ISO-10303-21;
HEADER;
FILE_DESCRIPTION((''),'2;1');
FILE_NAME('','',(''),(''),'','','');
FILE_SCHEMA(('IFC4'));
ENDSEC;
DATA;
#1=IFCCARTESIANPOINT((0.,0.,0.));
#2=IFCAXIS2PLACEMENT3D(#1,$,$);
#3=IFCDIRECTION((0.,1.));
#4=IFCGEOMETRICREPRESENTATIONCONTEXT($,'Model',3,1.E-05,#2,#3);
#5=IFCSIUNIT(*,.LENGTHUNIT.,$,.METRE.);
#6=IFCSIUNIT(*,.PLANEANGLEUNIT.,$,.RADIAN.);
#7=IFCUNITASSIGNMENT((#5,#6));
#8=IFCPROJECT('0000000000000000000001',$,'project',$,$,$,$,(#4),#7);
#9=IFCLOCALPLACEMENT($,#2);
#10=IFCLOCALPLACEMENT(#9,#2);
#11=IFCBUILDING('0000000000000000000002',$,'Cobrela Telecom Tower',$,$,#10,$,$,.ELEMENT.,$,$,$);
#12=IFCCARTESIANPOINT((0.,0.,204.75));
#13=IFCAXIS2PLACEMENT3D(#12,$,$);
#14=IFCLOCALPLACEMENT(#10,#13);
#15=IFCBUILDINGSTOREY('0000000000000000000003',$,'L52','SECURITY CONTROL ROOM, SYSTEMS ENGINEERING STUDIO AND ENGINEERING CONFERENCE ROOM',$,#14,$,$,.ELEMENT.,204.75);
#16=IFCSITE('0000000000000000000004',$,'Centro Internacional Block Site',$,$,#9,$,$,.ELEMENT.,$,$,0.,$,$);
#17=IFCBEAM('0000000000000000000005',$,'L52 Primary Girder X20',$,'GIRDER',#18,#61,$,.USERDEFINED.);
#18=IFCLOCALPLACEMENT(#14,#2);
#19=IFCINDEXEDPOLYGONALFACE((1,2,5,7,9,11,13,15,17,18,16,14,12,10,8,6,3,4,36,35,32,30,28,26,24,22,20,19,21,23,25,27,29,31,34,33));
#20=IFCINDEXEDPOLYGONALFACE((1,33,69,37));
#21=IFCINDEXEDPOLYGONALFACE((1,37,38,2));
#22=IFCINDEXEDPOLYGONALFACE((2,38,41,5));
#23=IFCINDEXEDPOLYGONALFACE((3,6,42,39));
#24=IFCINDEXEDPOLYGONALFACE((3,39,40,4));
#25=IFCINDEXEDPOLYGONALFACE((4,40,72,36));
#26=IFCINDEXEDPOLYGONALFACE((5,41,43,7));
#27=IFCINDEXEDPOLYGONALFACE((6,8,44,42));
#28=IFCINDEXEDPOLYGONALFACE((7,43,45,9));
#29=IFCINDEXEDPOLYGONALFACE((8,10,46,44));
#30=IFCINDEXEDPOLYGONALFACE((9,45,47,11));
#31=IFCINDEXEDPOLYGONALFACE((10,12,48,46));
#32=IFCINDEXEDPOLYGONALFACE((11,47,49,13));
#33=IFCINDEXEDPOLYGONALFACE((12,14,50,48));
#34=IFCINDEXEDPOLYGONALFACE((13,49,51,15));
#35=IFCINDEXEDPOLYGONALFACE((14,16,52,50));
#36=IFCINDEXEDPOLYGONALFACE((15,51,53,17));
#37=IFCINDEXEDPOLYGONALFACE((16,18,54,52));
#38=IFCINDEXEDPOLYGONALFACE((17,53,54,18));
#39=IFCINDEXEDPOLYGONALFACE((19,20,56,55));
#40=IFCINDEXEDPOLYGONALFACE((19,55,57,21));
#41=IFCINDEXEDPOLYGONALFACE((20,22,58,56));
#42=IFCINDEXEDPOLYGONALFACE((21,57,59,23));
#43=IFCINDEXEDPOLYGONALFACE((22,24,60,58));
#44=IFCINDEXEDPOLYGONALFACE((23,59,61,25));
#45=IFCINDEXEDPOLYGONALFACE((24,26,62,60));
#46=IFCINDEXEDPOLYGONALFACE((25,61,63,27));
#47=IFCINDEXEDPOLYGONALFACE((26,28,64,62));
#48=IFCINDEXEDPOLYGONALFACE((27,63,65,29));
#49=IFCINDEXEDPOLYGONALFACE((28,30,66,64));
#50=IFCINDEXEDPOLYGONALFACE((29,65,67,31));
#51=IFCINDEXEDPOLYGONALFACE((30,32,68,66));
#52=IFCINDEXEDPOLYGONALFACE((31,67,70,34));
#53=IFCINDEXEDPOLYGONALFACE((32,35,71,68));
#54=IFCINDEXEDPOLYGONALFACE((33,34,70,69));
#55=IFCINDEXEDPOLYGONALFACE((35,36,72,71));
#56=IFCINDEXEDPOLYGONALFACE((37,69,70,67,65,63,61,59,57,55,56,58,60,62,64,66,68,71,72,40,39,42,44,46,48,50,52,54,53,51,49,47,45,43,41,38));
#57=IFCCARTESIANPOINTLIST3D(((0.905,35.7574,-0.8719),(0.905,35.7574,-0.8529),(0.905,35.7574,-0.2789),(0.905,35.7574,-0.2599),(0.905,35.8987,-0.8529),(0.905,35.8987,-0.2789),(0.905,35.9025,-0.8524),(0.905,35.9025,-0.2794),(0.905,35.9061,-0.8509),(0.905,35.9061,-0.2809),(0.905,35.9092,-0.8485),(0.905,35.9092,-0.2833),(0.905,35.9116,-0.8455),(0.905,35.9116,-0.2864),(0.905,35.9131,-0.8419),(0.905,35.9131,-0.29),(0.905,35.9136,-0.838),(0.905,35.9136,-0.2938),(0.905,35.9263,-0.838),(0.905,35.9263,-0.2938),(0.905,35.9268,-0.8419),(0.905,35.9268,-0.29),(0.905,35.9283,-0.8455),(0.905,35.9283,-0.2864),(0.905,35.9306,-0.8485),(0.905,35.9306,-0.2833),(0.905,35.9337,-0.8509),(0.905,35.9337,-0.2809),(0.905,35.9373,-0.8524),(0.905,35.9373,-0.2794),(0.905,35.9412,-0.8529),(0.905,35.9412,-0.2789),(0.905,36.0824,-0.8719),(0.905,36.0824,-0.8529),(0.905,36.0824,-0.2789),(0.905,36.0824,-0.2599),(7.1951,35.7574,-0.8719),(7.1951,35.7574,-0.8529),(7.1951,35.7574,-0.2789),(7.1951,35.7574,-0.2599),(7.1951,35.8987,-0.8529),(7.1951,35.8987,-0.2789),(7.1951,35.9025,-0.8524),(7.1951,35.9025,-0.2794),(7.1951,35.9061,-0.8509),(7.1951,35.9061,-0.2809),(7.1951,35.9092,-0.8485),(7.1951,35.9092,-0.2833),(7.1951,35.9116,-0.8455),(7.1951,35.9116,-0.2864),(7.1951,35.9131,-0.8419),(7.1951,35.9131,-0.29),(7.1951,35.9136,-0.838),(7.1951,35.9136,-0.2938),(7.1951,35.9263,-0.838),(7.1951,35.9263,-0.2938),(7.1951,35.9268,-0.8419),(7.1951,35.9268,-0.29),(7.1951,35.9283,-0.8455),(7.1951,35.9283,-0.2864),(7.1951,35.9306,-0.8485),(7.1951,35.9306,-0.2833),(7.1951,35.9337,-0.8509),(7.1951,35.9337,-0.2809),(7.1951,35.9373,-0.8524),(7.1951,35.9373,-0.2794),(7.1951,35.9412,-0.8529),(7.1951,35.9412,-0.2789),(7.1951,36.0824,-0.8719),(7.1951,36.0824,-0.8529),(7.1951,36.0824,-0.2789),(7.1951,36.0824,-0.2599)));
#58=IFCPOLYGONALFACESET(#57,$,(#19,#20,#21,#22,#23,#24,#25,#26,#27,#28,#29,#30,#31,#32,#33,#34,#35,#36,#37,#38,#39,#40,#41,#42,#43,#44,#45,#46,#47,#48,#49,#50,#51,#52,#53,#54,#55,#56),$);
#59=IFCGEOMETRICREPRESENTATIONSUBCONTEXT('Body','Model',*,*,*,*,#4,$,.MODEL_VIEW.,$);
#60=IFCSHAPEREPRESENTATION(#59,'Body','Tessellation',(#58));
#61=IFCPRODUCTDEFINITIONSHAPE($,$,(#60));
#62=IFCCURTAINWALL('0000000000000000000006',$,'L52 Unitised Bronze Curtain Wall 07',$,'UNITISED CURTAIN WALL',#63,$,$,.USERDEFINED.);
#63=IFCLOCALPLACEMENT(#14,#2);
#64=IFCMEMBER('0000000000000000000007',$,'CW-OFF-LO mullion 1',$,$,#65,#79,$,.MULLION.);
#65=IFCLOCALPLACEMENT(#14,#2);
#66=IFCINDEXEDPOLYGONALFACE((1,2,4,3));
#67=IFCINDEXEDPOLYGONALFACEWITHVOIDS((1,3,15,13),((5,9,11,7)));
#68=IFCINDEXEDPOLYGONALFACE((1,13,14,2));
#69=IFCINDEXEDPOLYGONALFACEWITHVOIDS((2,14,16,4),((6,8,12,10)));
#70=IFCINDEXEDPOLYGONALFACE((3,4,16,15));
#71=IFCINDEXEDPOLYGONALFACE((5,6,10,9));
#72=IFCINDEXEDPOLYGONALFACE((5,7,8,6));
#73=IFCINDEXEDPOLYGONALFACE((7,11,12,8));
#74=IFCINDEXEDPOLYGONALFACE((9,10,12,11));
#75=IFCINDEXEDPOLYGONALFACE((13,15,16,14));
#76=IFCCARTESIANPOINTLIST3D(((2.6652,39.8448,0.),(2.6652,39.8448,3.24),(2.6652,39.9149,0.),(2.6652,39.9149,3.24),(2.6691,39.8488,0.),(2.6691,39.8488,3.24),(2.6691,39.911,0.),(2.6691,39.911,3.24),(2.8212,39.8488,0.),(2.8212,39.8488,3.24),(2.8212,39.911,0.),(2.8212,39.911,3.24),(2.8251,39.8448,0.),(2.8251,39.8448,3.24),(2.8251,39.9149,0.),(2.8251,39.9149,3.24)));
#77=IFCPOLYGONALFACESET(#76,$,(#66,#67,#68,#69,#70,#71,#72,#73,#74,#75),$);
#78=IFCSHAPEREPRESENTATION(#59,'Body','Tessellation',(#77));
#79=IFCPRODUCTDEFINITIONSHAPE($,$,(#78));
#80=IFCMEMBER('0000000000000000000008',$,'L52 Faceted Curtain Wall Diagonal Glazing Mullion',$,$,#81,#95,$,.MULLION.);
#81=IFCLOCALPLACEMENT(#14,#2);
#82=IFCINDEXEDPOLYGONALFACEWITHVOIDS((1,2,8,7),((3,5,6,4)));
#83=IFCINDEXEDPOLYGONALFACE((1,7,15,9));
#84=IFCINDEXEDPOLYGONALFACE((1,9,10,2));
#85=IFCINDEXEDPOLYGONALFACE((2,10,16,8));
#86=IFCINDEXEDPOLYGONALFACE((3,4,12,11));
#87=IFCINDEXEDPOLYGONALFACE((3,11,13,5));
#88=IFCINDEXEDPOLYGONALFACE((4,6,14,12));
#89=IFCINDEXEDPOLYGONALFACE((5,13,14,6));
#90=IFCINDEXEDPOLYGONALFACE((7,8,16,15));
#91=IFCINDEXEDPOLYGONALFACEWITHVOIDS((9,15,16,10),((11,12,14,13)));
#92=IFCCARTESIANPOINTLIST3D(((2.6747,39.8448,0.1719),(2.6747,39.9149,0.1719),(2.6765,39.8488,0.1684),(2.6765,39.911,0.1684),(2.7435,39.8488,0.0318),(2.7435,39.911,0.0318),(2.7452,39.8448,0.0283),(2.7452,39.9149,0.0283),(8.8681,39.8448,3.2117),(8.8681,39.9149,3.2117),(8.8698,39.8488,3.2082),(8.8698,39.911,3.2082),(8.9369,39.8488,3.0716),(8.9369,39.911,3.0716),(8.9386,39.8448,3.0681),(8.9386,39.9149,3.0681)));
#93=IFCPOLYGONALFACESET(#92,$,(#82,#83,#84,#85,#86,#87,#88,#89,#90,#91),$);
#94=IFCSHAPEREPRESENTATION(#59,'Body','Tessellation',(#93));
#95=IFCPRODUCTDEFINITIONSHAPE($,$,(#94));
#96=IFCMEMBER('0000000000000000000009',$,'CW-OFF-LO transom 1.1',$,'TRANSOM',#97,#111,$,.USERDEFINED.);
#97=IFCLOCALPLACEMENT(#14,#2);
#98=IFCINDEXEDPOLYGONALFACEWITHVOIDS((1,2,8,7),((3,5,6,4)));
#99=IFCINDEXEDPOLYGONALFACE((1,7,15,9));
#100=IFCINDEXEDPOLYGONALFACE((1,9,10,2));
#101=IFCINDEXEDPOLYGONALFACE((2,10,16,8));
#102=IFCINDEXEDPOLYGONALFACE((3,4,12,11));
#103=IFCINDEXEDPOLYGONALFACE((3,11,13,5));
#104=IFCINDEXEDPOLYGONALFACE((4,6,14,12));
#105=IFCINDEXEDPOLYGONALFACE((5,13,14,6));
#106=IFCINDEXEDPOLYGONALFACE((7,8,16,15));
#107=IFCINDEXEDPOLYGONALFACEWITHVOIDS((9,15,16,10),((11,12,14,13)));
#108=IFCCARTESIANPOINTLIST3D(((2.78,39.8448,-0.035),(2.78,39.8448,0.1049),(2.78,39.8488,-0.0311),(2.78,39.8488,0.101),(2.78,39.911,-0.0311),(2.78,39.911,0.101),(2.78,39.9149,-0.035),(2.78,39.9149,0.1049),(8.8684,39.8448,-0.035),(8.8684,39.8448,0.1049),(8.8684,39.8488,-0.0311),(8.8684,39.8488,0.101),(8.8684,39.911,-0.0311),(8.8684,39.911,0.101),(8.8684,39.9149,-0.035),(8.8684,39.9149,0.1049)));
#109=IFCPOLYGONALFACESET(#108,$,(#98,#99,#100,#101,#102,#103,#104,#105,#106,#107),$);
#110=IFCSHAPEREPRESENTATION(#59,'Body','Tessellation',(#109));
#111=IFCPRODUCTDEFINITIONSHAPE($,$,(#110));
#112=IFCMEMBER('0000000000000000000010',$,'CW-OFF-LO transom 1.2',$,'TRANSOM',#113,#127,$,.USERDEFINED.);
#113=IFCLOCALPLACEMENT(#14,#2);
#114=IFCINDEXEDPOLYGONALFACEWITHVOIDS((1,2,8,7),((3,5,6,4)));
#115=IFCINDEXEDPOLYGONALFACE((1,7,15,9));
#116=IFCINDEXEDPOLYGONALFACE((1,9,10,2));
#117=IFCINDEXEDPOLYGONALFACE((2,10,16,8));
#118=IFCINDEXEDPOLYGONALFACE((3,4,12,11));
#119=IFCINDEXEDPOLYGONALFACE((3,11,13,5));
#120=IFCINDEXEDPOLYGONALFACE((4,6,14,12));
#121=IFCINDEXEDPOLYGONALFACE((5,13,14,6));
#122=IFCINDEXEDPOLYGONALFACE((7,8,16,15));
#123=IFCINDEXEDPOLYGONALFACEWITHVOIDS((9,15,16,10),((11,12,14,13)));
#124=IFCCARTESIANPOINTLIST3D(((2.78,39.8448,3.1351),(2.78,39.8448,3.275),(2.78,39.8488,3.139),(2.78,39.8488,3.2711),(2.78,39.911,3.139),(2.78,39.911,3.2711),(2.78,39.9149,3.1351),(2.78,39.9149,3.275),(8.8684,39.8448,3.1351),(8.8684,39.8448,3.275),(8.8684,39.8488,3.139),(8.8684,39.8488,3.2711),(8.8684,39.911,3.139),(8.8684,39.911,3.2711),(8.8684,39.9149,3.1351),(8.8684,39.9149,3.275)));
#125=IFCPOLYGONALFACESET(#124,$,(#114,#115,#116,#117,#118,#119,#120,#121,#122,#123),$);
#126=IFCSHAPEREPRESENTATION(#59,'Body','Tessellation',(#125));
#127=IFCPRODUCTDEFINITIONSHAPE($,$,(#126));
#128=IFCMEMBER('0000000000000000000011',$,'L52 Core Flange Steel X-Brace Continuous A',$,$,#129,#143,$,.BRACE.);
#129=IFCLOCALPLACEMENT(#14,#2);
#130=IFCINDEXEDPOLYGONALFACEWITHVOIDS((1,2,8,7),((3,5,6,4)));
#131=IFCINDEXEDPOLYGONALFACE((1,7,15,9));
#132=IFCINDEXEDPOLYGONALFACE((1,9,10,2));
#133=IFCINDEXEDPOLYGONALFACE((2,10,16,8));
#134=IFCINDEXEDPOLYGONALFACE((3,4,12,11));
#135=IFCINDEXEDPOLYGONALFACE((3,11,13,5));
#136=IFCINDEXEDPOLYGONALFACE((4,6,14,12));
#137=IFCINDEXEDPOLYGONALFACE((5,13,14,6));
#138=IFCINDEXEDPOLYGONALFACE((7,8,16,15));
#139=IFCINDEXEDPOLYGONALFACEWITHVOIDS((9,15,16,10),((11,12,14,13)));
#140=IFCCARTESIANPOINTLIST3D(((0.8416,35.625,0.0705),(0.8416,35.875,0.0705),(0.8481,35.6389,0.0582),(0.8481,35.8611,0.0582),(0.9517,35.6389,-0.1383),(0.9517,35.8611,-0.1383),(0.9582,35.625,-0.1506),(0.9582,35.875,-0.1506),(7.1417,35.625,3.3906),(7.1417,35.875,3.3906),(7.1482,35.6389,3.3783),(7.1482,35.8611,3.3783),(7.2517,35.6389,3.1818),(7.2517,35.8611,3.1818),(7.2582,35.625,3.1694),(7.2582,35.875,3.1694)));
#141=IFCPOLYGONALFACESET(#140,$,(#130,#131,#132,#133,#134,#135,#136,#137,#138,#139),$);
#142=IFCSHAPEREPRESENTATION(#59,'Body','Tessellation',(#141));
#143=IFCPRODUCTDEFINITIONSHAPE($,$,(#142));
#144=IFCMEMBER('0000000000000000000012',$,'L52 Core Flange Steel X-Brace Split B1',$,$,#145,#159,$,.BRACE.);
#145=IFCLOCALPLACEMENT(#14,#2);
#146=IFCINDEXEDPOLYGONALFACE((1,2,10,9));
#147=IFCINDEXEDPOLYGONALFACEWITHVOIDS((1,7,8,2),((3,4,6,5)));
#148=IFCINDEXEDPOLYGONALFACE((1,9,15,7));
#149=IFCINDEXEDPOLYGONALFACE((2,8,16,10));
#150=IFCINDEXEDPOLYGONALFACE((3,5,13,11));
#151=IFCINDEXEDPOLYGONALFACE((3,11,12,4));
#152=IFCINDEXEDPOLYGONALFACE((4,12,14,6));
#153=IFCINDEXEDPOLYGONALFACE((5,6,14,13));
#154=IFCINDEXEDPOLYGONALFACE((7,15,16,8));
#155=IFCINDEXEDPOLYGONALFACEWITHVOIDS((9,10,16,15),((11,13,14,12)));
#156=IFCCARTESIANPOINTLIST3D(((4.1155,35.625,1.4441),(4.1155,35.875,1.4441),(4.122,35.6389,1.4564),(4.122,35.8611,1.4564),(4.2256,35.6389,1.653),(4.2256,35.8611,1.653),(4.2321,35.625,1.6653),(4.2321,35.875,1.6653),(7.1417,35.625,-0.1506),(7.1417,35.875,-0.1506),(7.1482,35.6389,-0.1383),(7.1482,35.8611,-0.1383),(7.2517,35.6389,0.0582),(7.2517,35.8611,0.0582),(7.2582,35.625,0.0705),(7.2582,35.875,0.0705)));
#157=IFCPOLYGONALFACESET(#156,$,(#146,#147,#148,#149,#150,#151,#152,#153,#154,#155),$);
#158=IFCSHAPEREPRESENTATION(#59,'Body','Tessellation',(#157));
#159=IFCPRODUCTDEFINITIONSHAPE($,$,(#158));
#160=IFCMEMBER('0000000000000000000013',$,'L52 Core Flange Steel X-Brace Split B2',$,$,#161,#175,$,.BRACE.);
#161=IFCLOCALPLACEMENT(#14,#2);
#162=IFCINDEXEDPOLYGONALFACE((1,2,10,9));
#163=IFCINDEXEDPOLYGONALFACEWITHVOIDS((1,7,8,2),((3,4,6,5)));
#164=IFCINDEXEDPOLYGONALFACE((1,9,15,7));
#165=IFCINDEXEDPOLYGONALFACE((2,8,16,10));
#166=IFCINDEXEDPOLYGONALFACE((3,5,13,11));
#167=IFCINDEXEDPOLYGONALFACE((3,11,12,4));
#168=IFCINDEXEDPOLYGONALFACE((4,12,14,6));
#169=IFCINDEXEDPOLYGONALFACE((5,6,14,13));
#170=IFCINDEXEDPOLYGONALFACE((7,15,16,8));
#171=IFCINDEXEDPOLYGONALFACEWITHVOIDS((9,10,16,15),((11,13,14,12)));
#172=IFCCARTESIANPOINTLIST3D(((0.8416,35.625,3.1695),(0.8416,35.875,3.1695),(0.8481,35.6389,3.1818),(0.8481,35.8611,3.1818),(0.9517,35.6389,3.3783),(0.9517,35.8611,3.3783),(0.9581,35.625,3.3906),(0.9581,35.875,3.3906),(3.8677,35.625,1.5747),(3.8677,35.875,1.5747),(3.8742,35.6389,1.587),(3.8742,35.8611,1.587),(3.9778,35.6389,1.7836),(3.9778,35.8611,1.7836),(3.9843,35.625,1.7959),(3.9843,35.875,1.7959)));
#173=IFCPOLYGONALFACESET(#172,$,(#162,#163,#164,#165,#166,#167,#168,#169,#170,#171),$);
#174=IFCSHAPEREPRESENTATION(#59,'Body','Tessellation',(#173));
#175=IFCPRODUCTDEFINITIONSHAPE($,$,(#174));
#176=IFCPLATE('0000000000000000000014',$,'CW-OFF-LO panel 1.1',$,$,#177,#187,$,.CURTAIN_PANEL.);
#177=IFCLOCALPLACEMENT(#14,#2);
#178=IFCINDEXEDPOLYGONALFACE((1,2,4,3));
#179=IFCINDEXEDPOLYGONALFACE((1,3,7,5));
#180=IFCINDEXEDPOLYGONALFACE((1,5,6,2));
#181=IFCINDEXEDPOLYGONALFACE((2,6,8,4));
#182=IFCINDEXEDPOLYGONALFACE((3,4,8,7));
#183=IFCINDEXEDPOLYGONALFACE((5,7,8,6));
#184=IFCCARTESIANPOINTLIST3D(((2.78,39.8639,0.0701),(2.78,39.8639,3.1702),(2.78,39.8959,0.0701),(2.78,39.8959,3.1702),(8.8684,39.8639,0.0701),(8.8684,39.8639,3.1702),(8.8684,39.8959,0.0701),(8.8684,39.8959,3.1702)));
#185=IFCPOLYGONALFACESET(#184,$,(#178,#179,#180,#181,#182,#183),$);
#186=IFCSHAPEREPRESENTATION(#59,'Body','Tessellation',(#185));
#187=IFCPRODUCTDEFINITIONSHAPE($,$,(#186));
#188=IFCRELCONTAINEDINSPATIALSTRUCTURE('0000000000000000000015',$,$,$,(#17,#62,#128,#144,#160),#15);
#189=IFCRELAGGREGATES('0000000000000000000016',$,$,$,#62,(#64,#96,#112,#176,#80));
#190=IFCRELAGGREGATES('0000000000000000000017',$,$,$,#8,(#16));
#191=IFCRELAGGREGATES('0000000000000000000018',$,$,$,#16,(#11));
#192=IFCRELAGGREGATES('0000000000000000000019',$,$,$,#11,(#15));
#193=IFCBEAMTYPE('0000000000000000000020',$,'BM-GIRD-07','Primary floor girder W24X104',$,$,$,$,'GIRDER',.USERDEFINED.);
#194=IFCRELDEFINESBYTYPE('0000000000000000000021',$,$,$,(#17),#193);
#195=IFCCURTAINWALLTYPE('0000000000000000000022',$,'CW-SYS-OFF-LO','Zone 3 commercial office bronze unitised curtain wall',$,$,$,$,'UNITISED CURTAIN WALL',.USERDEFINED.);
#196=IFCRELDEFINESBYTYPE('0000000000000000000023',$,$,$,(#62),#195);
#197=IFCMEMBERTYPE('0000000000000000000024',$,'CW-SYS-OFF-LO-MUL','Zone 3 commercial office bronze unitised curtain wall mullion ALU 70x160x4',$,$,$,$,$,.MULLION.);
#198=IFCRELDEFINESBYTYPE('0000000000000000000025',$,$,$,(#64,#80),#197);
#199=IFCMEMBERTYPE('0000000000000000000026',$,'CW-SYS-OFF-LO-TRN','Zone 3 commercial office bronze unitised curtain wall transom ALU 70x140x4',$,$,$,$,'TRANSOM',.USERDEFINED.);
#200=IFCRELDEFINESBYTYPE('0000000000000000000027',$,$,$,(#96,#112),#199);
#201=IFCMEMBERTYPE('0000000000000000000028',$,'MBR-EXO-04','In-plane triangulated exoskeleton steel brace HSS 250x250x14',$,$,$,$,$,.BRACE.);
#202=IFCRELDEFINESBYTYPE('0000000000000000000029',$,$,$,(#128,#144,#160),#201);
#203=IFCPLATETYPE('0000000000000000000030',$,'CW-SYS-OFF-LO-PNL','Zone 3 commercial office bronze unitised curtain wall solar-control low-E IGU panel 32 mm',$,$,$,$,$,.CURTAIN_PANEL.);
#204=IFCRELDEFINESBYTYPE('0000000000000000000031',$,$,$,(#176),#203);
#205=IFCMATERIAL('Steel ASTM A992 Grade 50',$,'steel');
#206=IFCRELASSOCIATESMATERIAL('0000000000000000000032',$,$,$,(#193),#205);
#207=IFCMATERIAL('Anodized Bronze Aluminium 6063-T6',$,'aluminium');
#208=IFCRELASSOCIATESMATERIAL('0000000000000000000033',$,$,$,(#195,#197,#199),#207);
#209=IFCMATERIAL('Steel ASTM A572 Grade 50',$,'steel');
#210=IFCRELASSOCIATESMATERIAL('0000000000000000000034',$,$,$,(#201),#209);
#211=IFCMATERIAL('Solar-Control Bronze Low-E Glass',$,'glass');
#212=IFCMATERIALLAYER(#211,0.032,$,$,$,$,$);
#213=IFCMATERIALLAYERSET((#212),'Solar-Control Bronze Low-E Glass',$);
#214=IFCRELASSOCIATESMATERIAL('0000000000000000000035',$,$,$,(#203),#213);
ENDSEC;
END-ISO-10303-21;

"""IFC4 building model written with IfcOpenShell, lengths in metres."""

from ifc_helpers import new_model, si_unit, direction, frame, origin, origin_2d, place, context, subcontext, project, spatial, rectangle, hollow_rectangle, i_section, extrude, material, layer, layer_set, material_profile, profile_set, type_object, element, aggregate, save


model = new_model("IFC4")

# Units and contexts
model_context = context("Model", 3, precision=1e-05, world=origin(), true_north=direction((0.0, 1.0)))
body_context = subcontext(model_context, "Body", "Model", "MODEL_VIEW")
ifc_project = project(units=[si_unit("LENGTHUNIT", "METRE"), si_unit("PLANEANGLEUNIT", "RADIAN")], contexts=[model_context])

# Site, building, storey
site_placement = place(None, origin())
site = spatial("IfcSite", under=ifc_project, at=site_placement, Name="Centro Internacional Block Site", CompositionType="ELEMENT", RefElevation=0.0)
building_placement = place(site_placement, origin())
building = spatial("IfcBuilding", under=site, at=building_placement, Name="Cobrela Telecom Tower", CompositionType="ELEMENT")
storey_placement = place(building_placement, frame((0.0, 0.0, 204.75)))
storey = spatial("IfcBuildingStorey", under=building, at=storey_placement, Name="L52", Description="SECURITY CONTROL ROOM, SYSTEMS ENGINEERING STUDIO AND ENGINEERING CONFERENCE ROOM", CompositionType="ELEMENT", Elevation=204.75)

# Beam
ifc_material_1 = material(Name="Steel ASTM A992 Grade 50", Category="steel")
ifc_material_profile_1 = material_profile(ifc_material_1, i_section(OverallWidth=0.325, OverallDepth=0.6121, WebThickness=0.0127, FlangeThickness=0.019, FilletRadius=0.0149, at=origin_2d()), Name="W24X104")
ifc_profile_set_1 = profile_set([ifc_material_profile_1], Name="Steel ASTM A992 Grade 50")
beam_type = type_object("IfcBeamType", Name="BM-GIRD-07", Description="Primary floor girder W24X104", ElementType="GIRDER", PredefinedType="USERDEFINED", material=ifc_profile_set_1)
beam_placement = place(storey_placement, frame((0.905, 35.9199, -0.5659), z_axis=(1.0, 0.0, 0.0), x_axis=(0.0, 1.0, 0.0)))
element("IfcBeam", 1, at=beam_placement, inside=storey, type_object=beam_type, Name="L52 Primary Girder X20", ObjectType="GIRDER", PredefinedType="USERDEFINED", context=body_context, shape_type="SweptSolid", body=[
    extrude(i_section(OverallWidth=0.325, OverallDepth=0.6121, WebThickness=0.0127, FlangeThickness=0.019, FilletRadius=0.0149, at=origin_2d()), origin(), (0.0, 0.0, 1.0), 6.29),
])

# Curtain wall, members
ifc_material_2 = material(Name="Anodized Bronze Aluminium 6063-T6", Category="aluminium")
curtain_wall_type = type_object("IfcCurtainWallType", Name="CW-SYS-OFF-LO", Description="Zone 3 commercial office bronze unitised curtain wall", ElementType="UNITISED CURTAIN WALL", PredefinedType="USERDEFINED", material=ifc_material_2)
curtain_wall_placement = place(storey_placement, origin())
curtain_wall = element("IfcCurtainWall", 2, at=curtain_wall_placement, inside=storey, type_object=curtain_wall_type, Name="L52 Unitised Bronze Curtain Wall 07", ObjectType="UNITISED CURTAIN WALL", PredefinedType="USERDEFINED")
ifc_material_profile_2 = material_profile(ifc_material_2, hollow_rectangle(XDim=0.0701, YDim=0.1599, WallThickness=0.0039, at=origin_2d()), Name="ALU 70x160x4")
ifc_profile_set_2 = profile_set([ifc_material_profile_2], Name="Anodized Bronze Aluminium 6063-T6")
member_type_1 = type_object("IfcMemberType", Name="CW-SYS-OFF-LO-MUL", Description="Zone 3 commercial office bronze unitised curtain wall mullion ALU 70x160x4", PredefinedType="MULLION", material=ifc_profile_set_2)
member_1_placement = place(storey_placement, frame((2.7451, 39.8799, 0.0), z_axis=(0.0, 0.0, 1.0), x_axis=(0.0, 1.0, 0.0)))
member_1 = element("IfcMember", 3, at=member_1_placement, type_object=member_type_1, Name="CW-OFF-LO mullion 1", PredefinedType="MULLION", context=body_context, shape_type="SweptSolid", body=[
    extrude(hollow_rectangle(XDim=0.0701, YDim=0.1599, WallThickness=0.0039, at=origin_2d()), origin(), (0.0, 0.0, 1.0), 3.24),
])
member_2_placement = place(storey_placement, frame((2.71, 39.8799, 0.1001), z_axis=(0.897701, 0.0, 0.440605), x_axis=(0.0, 1.0, 0.0)))
member_2 = element("IfcMember", 4, at=member_2_placement, type_object=member_type_1, Name="L52 Faceted Curtain Wall Diagonal Glazing Mullion", PredefinedType="MULLION", context=body_context, shape_type="SweptSolid", body=[
    extrude(hollow_rectangle(XDim=0.0701, YDim=0.1599, WallThickness=0.0039, at=origin_2d()), origin(), (0.0, 0.0, 1.0), 6.8992),
])
ifc_material_profile_3 = material_profile(ifc_material_2, hollow_rectangle(XDim=0.0701, YDim=0.1399, WallThickness=0.0039, at=origin_2d()), Name="ALU 70x140x4")
ifc_profile_set_3 = profile_set([ifc_material_profile_3], Name="Anodized Bronze Aluminium 6063-T6")
member_type_2 = type_object("IfcMemberType", Name="CW-SYS-OFF-LO-TRN", Description="Zone 3 commercial office bronze unitised curtain wall transom ALU 70x140x4", ElementType="TRANSOM", PredefinedType="USERDEFINED", material=ifc_profile_set_3)
member_3_placement = place(storey_placement, frame((2.78, 39.8799, 0.0349), z_axis=(1.0, 0.0, 0.0), x_axis=(0.0, 1.0, 0.0)))
member_3 = element("IfcMember", 5, at=member_3_placement, type_object=member_type_2, Name="CW-OFF-LO transom 1.1", ObjectType="TRANSOM", PredefinedType="USERDEFINED", context=body_context, shape_type="SweptSolid", body=[
    extrude(hollow_rectangle(XDim=0.0701, YDim=0.1399, WallThickness=0.0039, at=origin_2d()), origin(), (0.0, 0.0, 1.0), 6.0884),
])
member_4_placement = place(storey_placement, frame((2.78, 39.8799, 3.2051), z_axis=(1.0, 0.0, 0.0), x_axis=(0.0, 1.0, 0.0)))
member_4 = element("IfcMember", 6, at=member_4_placement, type_object=member_type_2, Name="CW-OFF-LO transom 1.2", ObjectType="TRANSOM", PredefinedType="USERDEFINED", context=body_context, shape_type="SweptSolid", body=[
    extrude(hollow_rectangle(XDim=0.0701, YDim=0.1399, WallThickness=0.0039, at=origin_2d()), origin(), (0.0, 0.0, 1.0), 6.0884),
])

# Members
ifc_material_3 = material(Name="Steel ASTM A572 Grade 50", Category="steel")
ifc_material_profile_4 = material_profile(ifc_material_3, hollow_rectangle(XDim=0.25, YDim=0.25, WallThickness=0.0139, at=origin_2d()), Name="HSS 250x250x14")
ifc_profile_set_4 = profile_set([ifc_material_profile_4], Name="Steel ASTM A572 Grade 50")
member_type_3 = type_object("IfcMemberType", Name="MBR-EXO-04", Description="In-plane triangulated exoskeleton steel brace HSS 250x250x14", PredefinedType="BRACE", material=ifc_profile_set_4)
member_5_placement = place(storey_placement, frame((0.8999, 35.75, -0.04), z_axis=(0.884672, 0.0, 0.466214), x_axis=(0.0, 1.0, 0.0)))
element("IfcMember", 7, at=member_5_placement, inside=storey, type_object=member_type_3, Name="L52 Core Flange Steel X-Brace Continuous A", PredefinedType="BRACE", context=body_context, shape_type="SweptSolid", body=[
    extrude(hollow_rectangle(XDim=0.25, YDim=0.25, WallThickness=0.0139, at=origin_2d()), origin(), (0.0, 0.0, 1.0), 7.1213),
])
for number, where, z_axis, x_axis, name in (
    (8, (7.2, 35.75, -0.04), (-0.884673, 0.0, 0.466211), (0.0, -1.0, 0.0), "L52 Core Flange Steel X-Brace Split B1"),
    (9, (3.926, 35.75, 1.6853), (-0.884673, 0.0, 0.466211), (0.0, -1.0, 0.0), "L52 Core Flange Steel X-Brace Split B2"),
):
    element("IfcMember", number, at=place(storey_placement, frame(where, z_axis=z_axis, x_axis=x_axis)), inside=storey, type_object=member_type_3, Name=name, PredefinedType="BRACE", context=body_context, shape_type="SweptSolid", body=[
        extrude(hollow_rectangle(XDim=0.25, YDim=0.25, WallThickness=0.0139, at=origin_2d()), origin(), (0.0, 0.0, 1.0), 3.4207),
    ])

# Plate
ifc_material_4 = material(Name="Solar-Control Bronze Low-E Glass", Category="glass")
ifc_layer_1 = layer(ifc_material_4, 0.032)
ifc_layer_set_1 = layer_set([ifc_layer_1], Name="Solar-Control Bronze Low-E Glass")
plate_type_1 = type_object("IfcPlateType", Name="CW-SYS-OFF-LO-PNL", Description="Zone 3 commercial office bronze unitised curtain wall solar-control low-E IGU panel 32 mm", PredefinedType="CURTAIN_PANEL", material=ifc_layer_set_1)
plate_1_placement = place(storey_placement, frame((5.8242, 39.8799, 0.0701), z_axis=(0.0, 0.0, 1.0), x_axis=(1.0, 0.0, 0.0)))
plate_1 = element("IfcPlate", 10, at=plate_1_placement, type_object=plate_type_1, Name="CW-OFF-LO panel 1.1", PredefinedType="CURTAIN_PANEL", context=body_context, shape_type="SweptSolid", body=[
    extrude(rectangle(XDim=6.0884, YDim=0.032, at=origin_2d()), origin(), (0.0, 0.0, 1.0), 3.1001),
])
aggregate(curtain_wall, [member_1, member_3, member_4, plate_1, member_2])

save(model, "model.ifc")
